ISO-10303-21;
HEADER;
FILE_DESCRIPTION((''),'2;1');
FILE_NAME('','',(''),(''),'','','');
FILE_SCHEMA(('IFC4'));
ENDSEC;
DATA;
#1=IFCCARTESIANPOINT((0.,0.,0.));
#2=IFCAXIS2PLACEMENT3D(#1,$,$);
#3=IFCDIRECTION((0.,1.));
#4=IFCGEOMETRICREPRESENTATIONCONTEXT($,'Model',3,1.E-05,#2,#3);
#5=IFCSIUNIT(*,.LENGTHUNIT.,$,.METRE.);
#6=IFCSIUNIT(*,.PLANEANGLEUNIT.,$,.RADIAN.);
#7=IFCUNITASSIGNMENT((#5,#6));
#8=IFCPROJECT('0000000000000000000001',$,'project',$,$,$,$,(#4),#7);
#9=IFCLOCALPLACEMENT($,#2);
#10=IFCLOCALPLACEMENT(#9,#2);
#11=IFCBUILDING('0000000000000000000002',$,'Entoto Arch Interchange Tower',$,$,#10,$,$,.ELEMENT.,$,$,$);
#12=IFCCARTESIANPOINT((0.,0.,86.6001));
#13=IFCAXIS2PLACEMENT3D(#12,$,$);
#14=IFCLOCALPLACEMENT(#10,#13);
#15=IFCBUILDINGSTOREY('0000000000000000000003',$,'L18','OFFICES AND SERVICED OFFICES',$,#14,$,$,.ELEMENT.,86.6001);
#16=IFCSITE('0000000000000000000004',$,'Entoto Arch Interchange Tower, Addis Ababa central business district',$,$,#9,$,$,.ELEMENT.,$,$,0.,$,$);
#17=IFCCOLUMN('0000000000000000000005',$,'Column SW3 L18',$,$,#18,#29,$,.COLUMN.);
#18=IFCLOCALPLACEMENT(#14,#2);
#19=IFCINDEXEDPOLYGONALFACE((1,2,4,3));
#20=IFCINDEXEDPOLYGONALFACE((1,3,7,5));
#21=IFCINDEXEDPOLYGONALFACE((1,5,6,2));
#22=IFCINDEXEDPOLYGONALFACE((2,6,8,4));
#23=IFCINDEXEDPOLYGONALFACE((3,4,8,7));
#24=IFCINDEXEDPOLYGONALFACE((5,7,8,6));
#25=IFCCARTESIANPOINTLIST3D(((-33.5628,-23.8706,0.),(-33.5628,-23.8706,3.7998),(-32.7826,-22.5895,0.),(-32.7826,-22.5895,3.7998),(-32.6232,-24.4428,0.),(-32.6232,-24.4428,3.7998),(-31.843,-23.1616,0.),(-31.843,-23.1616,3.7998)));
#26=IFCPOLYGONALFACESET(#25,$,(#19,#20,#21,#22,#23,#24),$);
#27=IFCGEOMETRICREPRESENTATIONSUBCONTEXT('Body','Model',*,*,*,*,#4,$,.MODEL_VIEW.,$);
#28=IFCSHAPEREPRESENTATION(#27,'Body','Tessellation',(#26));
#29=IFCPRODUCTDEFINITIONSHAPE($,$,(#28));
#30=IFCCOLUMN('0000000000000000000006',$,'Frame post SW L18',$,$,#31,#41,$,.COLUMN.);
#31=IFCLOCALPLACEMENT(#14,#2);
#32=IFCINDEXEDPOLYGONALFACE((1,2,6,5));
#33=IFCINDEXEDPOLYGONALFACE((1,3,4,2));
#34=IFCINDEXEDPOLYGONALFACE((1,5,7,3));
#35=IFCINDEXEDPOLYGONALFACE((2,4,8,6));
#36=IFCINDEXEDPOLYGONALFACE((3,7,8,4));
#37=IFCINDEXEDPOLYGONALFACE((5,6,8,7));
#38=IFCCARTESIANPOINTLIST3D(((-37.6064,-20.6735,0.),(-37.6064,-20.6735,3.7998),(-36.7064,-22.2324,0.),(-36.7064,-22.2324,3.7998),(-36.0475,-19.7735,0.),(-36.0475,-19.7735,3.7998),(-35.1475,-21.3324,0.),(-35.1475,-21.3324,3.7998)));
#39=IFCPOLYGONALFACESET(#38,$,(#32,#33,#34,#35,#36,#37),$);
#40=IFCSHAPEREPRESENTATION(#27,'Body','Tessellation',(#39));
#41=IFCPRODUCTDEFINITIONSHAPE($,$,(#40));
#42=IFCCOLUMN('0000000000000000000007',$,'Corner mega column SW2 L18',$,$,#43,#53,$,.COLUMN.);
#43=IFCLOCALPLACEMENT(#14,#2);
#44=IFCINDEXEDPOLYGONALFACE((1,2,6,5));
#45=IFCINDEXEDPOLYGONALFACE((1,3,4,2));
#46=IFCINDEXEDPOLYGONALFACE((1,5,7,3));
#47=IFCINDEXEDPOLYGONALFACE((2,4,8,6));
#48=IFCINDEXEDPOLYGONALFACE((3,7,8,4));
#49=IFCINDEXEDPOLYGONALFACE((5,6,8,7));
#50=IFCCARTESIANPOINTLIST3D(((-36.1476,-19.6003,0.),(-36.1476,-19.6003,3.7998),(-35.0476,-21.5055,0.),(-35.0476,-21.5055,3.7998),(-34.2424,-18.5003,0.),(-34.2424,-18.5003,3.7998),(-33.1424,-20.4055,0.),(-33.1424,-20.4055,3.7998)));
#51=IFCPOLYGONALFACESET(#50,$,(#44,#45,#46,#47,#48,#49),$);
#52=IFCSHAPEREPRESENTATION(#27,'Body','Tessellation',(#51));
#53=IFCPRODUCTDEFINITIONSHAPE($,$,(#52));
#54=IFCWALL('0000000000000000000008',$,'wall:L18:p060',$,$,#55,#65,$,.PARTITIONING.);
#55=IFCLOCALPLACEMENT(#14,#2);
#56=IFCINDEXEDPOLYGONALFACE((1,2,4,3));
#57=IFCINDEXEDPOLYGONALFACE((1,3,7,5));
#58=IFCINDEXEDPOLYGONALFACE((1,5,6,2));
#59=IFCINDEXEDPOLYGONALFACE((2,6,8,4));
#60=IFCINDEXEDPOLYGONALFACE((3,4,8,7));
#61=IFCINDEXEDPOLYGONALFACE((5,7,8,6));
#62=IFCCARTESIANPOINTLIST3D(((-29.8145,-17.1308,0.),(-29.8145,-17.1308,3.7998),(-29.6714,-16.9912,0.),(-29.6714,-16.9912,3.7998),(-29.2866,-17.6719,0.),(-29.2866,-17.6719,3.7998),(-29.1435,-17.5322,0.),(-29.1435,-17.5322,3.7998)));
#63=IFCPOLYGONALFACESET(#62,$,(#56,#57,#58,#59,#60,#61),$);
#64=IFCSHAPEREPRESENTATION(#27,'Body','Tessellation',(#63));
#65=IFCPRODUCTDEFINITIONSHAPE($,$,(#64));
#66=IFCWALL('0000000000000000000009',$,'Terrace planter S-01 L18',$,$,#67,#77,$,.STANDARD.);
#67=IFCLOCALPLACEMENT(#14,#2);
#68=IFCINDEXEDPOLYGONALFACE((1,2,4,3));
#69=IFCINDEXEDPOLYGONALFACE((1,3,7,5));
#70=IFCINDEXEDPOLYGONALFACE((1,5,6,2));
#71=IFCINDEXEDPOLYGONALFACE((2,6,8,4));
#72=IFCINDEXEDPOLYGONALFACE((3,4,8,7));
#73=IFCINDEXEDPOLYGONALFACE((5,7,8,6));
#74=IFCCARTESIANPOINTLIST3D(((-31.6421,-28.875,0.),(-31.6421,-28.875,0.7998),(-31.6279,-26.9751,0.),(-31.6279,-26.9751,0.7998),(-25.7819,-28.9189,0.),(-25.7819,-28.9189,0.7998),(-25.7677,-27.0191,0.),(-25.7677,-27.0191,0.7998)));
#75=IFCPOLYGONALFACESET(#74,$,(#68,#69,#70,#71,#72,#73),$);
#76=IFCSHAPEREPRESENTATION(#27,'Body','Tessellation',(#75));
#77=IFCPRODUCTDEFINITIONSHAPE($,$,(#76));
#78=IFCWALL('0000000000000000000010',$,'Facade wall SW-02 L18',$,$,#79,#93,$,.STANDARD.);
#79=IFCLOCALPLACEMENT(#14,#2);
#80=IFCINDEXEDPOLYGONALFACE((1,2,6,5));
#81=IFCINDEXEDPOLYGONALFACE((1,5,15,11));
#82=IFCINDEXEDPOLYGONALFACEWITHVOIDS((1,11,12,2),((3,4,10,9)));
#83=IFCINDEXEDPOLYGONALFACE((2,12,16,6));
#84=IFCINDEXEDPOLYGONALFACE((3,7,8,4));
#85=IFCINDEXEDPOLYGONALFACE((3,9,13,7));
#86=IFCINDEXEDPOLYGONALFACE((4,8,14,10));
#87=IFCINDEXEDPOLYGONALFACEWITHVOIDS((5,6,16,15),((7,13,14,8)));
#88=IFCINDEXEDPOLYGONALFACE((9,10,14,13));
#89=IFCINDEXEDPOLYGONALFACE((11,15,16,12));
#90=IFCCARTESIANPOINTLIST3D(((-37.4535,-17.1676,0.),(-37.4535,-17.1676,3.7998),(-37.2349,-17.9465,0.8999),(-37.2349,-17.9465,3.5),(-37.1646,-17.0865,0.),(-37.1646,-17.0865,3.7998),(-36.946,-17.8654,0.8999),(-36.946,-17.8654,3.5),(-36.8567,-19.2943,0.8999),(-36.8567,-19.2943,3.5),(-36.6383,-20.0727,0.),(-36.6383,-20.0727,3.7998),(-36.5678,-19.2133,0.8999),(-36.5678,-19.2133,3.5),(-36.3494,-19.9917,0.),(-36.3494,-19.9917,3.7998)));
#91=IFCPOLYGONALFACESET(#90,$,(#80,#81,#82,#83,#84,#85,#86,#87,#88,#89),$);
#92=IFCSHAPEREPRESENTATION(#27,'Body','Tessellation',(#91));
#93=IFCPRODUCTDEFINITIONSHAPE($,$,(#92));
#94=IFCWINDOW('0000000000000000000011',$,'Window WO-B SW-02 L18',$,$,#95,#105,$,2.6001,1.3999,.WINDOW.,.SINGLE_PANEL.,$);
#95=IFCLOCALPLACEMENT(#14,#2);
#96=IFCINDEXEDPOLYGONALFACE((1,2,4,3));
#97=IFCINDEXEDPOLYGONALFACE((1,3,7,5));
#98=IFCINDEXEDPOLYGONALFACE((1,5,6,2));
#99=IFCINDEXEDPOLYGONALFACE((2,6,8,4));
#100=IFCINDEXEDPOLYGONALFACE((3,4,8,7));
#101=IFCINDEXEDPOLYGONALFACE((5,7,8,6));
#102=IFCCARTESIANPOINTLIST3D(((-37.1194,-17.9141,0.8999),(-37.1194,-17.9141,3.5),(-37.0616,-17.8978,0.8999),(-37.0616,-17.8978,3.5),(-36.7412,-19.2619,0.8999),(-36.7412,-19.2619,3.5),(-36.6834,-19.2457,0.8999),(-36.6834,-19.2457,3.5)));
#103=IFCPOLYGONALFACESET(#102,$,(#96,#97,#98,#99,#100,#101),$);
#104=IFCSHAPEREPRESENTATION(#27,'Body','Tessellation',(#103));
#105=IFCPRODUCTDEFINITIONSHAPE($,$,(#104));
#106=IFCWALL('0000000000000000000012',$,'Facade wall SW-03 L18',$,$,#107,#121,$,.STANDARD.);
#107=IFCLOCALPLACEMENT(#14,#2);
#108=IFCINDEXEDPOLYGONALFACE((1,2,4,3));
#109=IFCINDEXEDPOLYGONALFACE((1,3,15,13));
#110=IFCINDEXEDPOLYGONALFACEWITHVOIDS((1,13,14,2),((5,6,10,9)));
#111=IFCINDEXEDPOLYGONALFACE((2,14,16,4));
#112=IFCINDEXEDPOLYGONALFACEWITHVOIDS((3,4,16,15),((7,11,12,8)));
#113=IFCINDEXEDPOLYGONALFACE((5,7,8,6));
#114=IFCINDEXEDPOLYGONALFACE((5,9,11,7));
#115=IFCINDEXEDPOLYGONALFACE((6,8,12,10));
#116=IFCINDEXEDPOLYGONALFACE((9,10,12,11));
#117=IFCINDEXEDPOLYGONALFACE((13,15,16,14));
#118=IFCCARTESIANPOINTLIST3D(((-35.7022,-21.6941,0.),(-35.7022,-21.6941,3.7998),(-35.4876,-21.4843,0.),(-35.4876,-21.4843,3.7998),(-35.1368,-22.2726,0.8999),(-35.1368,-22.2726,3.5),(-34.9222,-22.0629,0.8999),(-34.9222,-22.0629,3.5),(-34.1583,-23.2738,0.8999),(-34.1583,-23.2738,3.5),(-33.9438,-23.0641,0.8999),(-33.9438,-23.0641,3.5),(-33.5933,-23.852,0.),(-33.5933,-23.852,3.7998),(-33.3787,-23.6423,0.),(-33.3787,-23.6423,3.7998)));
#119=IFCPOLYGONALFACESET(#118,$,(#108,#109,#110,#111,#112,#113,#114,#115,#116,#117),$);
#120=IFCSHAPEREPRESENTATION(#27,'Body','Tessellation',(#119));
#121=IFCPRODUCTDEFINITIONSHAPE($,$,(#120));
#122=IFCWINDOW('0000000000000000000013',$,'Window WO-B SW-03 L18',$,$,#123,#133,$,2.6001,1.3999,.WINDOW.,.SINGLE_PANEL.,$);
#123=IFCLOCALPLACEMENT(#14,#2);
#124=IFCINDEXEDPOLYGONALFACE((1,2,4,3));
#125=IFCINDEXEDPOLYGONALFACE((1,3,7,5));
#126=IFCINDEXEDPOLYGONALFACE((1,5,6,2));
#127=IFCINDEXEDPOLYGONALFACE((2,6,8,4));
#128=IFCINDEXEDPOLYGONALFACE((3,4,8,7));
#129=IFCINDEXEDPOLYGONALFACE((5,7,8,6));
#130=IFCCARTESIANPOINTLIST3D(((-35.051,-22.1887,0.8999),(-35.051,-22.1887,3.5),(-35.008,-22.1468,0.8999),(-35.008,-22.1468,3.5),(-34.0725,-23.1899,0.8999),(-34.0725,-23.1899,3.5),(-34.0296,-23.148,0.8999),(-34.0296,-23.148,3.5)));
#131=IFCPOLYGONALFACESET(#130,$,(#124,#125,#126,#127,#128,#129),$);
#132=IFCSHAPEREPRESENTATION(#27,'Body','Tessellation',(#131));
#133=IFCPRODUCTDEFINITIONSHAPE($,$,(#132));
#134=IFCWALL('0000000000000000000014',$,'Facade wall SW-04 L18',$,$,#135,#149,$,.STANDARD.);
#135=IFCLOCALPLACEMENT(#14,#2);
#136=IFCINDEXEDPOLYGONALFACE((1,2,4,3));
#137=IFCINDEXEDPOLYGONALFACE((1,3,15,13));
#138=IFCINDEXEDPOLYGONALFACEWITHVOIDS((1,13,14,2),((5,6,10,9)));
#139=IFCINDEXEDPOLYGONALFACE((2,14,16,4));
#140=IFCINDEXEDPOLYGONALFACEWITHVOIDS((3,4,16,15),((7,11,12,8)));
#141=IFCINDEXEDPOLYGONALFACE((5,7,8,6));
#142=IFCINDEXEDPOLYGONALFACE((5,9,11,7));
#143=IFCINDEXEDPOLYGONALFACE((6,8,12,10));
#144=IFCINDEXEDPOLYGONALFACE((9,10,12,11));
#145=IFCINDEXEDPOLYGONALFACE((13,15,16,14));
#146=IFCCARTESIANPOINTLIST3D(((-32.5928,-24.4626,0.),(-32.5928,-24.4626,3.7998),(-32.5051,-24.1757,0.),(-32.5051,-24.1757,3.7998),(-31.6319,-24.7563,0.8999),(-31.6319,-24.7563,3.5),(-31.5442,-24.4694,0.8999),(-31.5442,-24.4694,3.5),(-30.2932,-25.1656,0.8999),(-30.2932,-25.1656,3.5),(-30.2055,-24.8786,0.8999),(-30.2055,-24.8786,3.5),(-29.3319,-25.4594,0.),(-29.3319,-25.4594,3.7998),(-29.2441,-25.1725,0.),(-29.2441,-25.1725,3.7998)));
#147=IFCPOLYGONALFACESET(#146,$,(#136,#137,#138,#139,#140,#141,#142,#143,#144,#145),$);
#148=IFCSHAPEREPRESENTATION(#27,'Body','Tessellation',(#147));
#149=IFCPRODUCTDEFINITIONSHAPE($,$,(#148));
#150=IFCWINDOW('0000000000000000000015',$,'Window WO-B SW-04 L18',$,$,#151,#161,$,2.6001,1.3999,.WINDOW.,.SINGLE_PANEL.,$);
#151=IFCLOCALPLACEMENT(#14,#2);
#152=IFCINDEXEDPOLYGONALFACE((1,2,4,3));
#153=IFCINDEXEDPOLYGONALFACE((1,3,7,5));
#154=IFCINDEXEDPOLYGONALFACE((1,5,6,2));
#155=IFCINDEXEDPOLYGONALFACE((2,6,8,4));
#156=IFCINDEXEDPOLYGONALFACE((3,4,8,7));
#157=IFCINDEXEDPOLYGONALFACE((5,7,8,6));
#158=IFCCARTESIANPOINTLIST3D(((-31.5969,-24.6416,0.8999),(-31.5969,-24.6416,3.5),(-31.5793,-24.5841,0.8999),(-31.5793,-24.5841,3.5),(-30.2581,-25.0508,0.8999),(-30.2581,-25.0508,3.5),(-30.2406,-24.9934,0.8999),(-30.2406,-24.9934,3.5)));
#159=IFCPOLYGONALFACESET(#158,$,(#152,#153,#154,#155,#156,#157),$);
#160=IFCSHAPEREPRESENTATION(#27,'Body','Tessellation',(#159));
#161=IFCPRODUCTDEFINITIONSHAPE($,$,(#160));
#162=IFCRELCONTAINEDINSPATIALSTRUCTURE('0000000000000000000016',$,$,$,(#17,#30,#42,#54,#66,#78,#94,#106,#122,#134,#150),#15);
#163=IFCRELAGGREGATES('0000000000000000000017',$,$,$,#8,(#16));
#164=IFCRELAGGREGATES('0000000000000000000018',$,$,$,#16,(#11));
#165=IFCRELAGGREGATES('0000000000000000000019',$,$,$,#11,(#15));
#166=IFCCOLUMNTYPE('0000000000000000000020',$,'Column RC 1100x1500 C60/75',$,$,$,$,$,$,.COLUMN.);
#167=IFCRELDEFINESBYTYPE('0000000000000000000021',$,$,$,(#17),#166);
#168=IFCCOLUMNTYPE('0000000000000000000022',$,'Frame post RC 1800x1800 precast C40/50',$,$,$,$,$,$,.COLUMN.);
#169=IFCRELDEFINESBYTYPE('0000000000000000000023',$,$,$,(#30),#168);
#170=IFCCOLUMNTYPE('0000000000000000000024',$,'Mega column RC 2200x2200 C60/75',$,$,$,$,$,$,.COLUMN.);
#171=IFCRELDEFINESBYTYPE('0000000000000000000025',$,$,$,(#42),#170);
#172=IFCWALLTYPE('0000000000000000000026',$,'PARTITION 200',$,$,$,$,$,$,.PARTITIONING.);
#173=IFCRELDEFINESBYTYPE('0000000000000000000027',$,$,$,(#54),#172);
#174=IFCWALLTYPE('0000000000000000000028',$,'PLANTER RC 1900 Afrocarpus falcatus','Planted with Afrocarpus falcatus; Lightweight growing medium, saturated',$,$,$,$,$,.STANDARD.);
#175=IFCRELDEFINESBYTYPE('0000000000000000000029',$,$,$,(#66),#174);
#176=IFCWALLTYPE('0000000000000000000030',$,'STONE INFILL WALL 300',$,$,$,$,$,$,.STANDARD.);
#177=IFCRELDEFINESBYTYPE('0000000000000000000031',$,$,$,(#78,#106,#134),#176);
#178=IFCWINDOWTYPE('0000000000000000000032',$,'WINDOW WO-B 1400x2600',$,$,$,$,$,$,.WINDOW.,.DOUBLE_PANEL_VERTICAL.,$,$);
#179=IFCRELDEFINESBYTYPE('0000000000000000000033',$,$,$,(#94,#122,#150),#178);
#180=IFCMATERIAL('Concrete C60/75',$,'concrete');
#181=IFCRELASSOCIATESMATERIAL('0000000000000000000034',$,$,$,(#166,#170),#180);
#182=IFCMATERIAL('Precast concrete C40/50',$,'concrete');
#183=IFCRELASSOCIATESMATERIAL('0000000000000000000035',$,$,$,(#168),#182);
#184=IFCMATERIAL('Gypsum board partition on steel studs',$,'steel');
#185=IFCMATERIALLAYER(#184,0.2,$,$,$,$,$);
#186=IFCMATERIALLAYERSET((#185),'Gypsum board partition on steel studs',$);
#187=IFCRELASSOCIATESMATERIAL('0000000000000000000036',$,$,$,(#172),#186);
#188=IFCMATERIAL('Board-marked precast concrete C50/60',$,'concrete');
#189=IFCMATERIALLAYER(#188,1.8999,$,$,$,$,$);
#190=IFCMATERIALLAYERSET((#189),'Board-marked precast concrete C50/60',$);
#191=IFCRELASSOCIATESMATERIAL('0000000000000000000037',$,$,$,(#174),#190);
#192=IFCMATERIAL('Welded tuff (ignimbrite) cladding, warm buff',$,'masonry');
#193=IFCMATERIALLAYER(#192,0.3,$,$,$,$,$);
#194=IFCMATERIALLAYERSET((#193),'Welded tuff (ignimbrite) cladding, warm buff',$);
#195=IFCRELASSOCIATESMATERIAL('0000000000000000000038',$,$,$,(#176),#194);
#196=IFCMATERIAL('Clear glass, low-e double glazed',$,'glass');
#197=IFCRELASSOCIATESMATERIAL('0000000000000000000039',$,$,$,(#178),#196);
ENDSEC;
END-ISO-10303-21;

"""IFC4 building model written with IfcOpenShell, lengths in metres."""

from ifc_helpers import new_model, si_unit, direction, frame, frame_2d, origin, origin_2d, place, context, subcontext, project, spatial, rectangle, extrude, material, layer, layer_set, material_profile, profile_set, type_object, element, fill, save


model = new_model("IFC4")

# Units and contexts
model_context = context("Model", 3, precision=1e-05, world=origin(), true_north=direction((0.0, 1.0)))
body_context = subcontext(model_context, "Body", "Model", "MODEL_VIEW")
ifc_project = project(units=[si_unit("LENGTHUNIT", "METRE"), si_unit("PLANEANGLEUNIT", "RADIAN")], contexts=[model_context])

# Site, building, storey
site_placement = place(None, origin())
site = spatial("IfcSite", under=ifc_project, at=site_placement, Name="Entoto Arch Interchange Tower, Addis Ababa central business district", CompositionType="ELEMENT", RefElevation=0.0)
building_placement = place(site_placement, origin())
building = spatial("IfcBuilding", under=site, at=building_placement, Name="Entoto Arch Interchange Tower", CompositionType="ELEMENT")
storey_placement = place(building_placement, frame((0.0, 0.0, 86.6001)))
storey = spatial("IfcBuildingStorey", under=building, at=storey_placement, Name="L18", Description="OFFICES AND SERVICED OFFICES", CompositionType="ELEMENT", Elevation=86.6001)

# Columns
ifc_material_1 = material(Name="Concrete C60/75", Category="concrete")
ifc_material_profile_1 = material_profile(ifc_material_1, rectangle(XDim=1.1001, YDim=1.5, at=origin_2d()))
ifc_profile_set_1 = profile_set([ifc_material_profile_1], Name="Concrete C60/75")
column_type_1 = type_object("IfcColumnType", Name="Column RC 1100x1500 C60/75", PredefinedType="COLUMN", material=ifc_profile_set_1)
column_1_placement = place(storey_placement, frame((-32.7029, -23.5161, 0.0), z_axis=(0.0, 0.0, 1.0), x_axis=(-0.854096, 0.520116, 0.0)))
element("IfcColumn", 1, at=column_1_placement, inside=storey, type_object=column_type_1, Name="Column SW3 L18", PredefinedType="COLUMN", context=body_context, shape_type="SweptSolid", body=[
    extrude(rectangle(XDim=1.1001, YDim=1.5, at=origin_2d()), origin(), (0.0, 0.0, 1.0), 3.7998),
])
ifc_material_2 = material(Name="Precast concrete C40/50", Category="concrete")
ifc_material_profile_2 = material_profile(ifc_material_2, rectangle(XDim=1.8, YDim=1.8, at=origin_2d()))
ifc_profile_set_2 = profile_set([ifc_material_profile_2], Name="Precast concrete C40/50")
column_type_2 = type_object("IfcColumnType", Name="Frame post RC 1800x1800 precast C40/50", PredefinedType="COLUMN", material=ifc_profile_set_2)
column_2_placement = place(storey_placement, frame((-36.377, -21.0029, 0.0), z_axis=(0.0, 0.0, 1.0), x_axis=(0.866025, 0.5, 0.0)))
element("IfcColumn", 2, at=column_2_placement, inside=storey, type_object=column_type_2, Name="Frame post SW L18", PredefinedType="COLUMN", context=body_context, shape_type="SweptSolid", body=[
    extrude(rectangle(XDim=1.8, YDim=1.8, at=origin_2d()), origin(), (0.0, 0.0, 1.0), 3.7998),
])
ifc_material_profile_3 = material_profile(ifc_material_1, rectangle(XDim=2.2, YDim=2.2, at=origin_2d()))
ifc_profile_set_3 = profile_set([ifc_material_profile_3], Name="Concrete C60/75")
column_type_3 = type_object("IfcColumnType", Name="Mega column RC 2200x2200 C60/75", PredefinedType="COLUMN", material=ifc_profile_set_3)
column_3_placement = place(storey_placement, frame((-34.645, -20.0029, 0.0), z_axis=(0.0, 0.0, 1.0), x_axis=(0.866025, 0.5, 0.0)))
element("IfcColumn", 3, at=column_3_placement, inside=storey, type_object=column_type_3, Name="Corner mega column SW2 L18", PredefinedType="COLUMN", context=body_context, shape_type="SweptSolid", body=[
    extrude(rectangle(XDim=2.2, YDim=2.2, at=origin_2d()), origin(), (0.0, 0.0, 1.0), 3.7998),
])

# Walls
ifc_material_3 = material(Name="Gypsum board partition on steel studs", Category="steel")
ifc_layer_1 = layer(ifc_material_3, 0.2)
ifc_layer_set_1 = layer_set([ifc_layer_1], Name="Gypsum board partition on steel studs")
wall_type_1 = type_object("IfcWallType", Name="PARTITION 200", PredefinedType="PARTITIONING", material=ifc_layer_set_1)
wall_1_placement = place(storey_placement, frame((-29.2151, -17.6021, 0.0), z_axis=(0.0, 0.0, 1.0), x_axis=(-0.698332, 0.715774, 0.0)))
element("IfcWall", 4, at=wall_1_placement, inside=storey, type_object=wall_type_1, Name="wall:L18:p060", PredefinedType="PARTITIONING", context=body_context, shape_type="SweptSolid", body=[
    extrude(rectangle(XDim=0.7559, YDim=0.2, at=frame_2d((0.3779, 0.0))), origin(), (0.0, 0.0, 1.0), 3.7998),
])
ifc_material_4 = material(Name="Board-marked precast concrete C50/60", Category="concrete")
ifc_layer_2 = layer(ifc_material_4, 1.8999)
ifc_layer_set_2 = layer_set([ifc_layer_2], Name="Board-marked precast concrete C50/60")
wall_type_2 = type_object("IfcWallType", Name="PLANTER RC 1900 Afrocarpus falcatus", Description="Planted with Afrocarpus falcatus; Lightweight growing medium, saturated", PredefinedType="STANDARD", material=ifc_layer_set_2)
wall_2_placement = place(storey_placement, frame((-31.635, -27.925, 0.0), z_axis=(0.0, 0.0, 1.0), x_axis=(0.999972, -0.007499, 0.0)))
element("IfcWall", 5, at=wall_2_placement, inside=storey, type_object=wall_type_2, Name="Terrace planter S-01 L18", PredefinedType="STANDARD", context=body_context, shape_type="SweptSolid", body=[
    extrude(rectangle(XDim=5.8604, YDim=1.8999, at=frame_2d((2.9302, 0.0))), origin(), (0.0, 0.0, 1.0), 0.7998),
])

# Walls, openings, windows
ifc_material_5 = material(Name="Welded tuff (ignimbrite) cladding, warm buff", Category="masonry")
ifc_layer_3 = layer(ifc_material_5, 0.3)
ifc_layer_set_3 = layer_set([ifc_layer_3], Name="Welded tuff (ignimbrite) cladding, warm buff")
wall_type_3 = type_object("IfcWallType", Name="STONE INFILL WALL 300", PredefinedType="STANDARD", material=ifc_layer_set_3)
wall_3_placement = place(storey_placement, frame((-37.3091, -17.127, 0.0), z_axis=(0.0, 0.0, 1.0), x_axis=(0.270176, -0.962811, 0.0)))
wall_3 = element("IfcWall", 6, at=wall_3_placement, inside=storey, type_object=wall_type_3, Name="Facade wall SW-02 L18", PredefinedType="STANDARD", context=body_context, shape_type="SweptSolid", body=[
    extrude(rectangle(XDim=3.0173, YDim=0.3, at=frame_2d((1.5088, 0.0))), origin(), (0.0, 0.0, 1.0), 3.7998),
])
opening_1_placement = place(wall_3_placement, frame((0.8091, 0.0, 0.8999)))
opening_1 = element("IfcOpeningElement", 7, at=opening_1_placement, cuts=wall_3, PredefinedType="OPENING", context=body_context, shape_type="SweptSolid", body=[
    extrude(rectangle(XDim=1.3999, YDim=2.6001, at=frame_2d((0.7, 1.3))), frame((0.0, 0.1602, 0.0), z_axis=(0.0, -1.0, 0.0), x_axis=(1.0, 0.0, 0.0)), (0.0, 0.0, 1.0), 0.3201),
])
ifc_material_6 = material(Name="Clear glass, low-e double glazed", Category="glass")
window_type = type_object("IfcWindowType", Name="WINDOW WO-B 1400x2600", PartitioningType="DOUBLE_PANEL_VERTICAL", PredefinedType="WINDOW", material=ifc_material_6)
window_1_placement = place(opening_1_placement, origin())
window_1 = element("IfcWindow", 8, at=window_1_placement, inside=storey, type_object=window_type, Name="Window WO-B SW-02 L18", OverallHeight=2.6001, OverallWidth=1.3999, PartitioningType="SINGLE_PANEL", PredefinedType="WINDOW", context=body_context, shape_type="SweptSolid", body=[
    extrude(rectangle(XDim=1.3999, YDim=2.6001, at=frame_2d((0.7, 1.3))), frame((0.0, 0.03, 0.0), z_axis=(0.0, -1.0, 0.0), x_axis=(1.0, 0.0, 0.0)), (0.0, 0.0, 1.0), 0.0601),
])
fill(opening_1, window_1)
wall_4_placement = place(storey_placement, frame((-35.595, -21.5891, 0.0), z_axis=(0.0, 0.0, 1.0), x_axis=(0.698928, -0.715192, 0.0)))
wall_4 = element("IfcWall", 9, at=wall_4_placement, inside=storey, type_object=wall_type_3, Name="Facade wall SW-03 L18", PredefinedType="STANDARD", context=body_context, shape_type="SweptSolid", body=[
    extrude(rectangle(XDim=3.0173, YDim=0.3, at=frame_2d((1.5088, 0.0))), origin(), (0.0, 0.0, 1.0), 3.7998),
])
opening_2_placement = place(wall_4_placement, frame((0.8091, 0.0, 0.8999)))
opening_2 = element("IfcOpeningElement", 10, at=opening_2_placement, cuts=wall_4, PredefinedType="OPENING", context=body_context, shape_type="SweptSolid", body=[
    extrude(rectangle(XDim=1.3999, YDim=2.6001, at=frame_2d((0.7, 1.3))), frame((0.0, 0.1602, 0.0), z_axis=(0.0, -1.0, 0.0), x_axis=(1.0, 0.0, 0.0)), (0.0, 0.0, 1.0), 0.3201),
])
window_2_placement = place(opening_2_placement, origin())
window_2 = element("IfcWindow", 11, at=window_2_placement, inside=storey, type_object=window_type, Name="Window WO-B SW-03 L18", OverallHeight=2.6001, OverallWidth=1.3999, PartitioningType="SINGLE_PANEL", PredefinedType="WINDOW", context=body_context, shape_type="SweptSolid", body=[
    extrude(rectangle(XDim=1.3999, YDim=2.6001, at=frame_2d((0.7, 1.3))), frame((0.0, 0.03, 0.0), z_axis=(0.0, -1.0, 0.0), x_axis=(1.0, 0.0, 0.0)), (0.0, 0.0, 1.0), 0.0601),
])
fill(opening_2, window_2)
wall_5_placement = place(storey_placement, frame((-32.5491, -24.3191, 0.0), z_axis=(0.0, 0.0, 1.0), x_axis=(0.956318, -0.292329, 0.0)))
wall_5 = element("IfcWall", 12, at=wall_5_placement, inside=storey, type_object=wall_type_3, Name="Facade wall SW-04 L18", PredefinedType="STANDARD", context=body_context, shape_type="SweptSolid", body=[
    extrude(rectangle(XDim=3.4099, YDim=0.3, at=frame_2d((1.7051, 0.0))), origin(), (0.0, 0.0, 1.0), 3.7998),
])
opening_3_placement = place(wall_5_placement, frame((1.0049, 0.0, 0.8999)))
opening_3 = element("IfcOpeningElement", 13, at=opening_3_placement, cuts=wall_5, PredefinedType="OPENING", context=body_context, shape_type="SweptSolid", body=[
    extrude(rectangle(XDim=1.3999, YDim=2.6001, at=frame_2d((0.7, 1.3))), frame((0.0, 0.1602, 0.0), z_axis=(0.0, -1.0, 0.0), x_axis=(1.0, 0.0, 0.0)), (0.0, 0.0, 1.0), 0.3201),
])
window_3_placement = place(opening_3_placement, origin())
window_3 = element("IfcWindow", 14, at=window_3_placement, inside=storey, type_object=window_type, Name="Window WO-B SW-04 L18", OverallHeight=2.6001, OverallWidth=1.3999, PartitioningType="SINGLE_PANEL", PredefinedType="WINDOW", context=body_context, shape_type="SweptSolid", body=[
    extrude(rectangle(XDim=1.3999, YDim=2.6001, at=frame_2d((0.7, 1.3))), frame((0.0, 0.03, 0.0), z_axis=(0.0, -1.0, 0.0), x_axis=(1.0, 0.0, 0.0)), (0.0, 0.0, 1.0), 0.0601),
])
fill(opening_3, window_3)

save(model, "model.ifc")
